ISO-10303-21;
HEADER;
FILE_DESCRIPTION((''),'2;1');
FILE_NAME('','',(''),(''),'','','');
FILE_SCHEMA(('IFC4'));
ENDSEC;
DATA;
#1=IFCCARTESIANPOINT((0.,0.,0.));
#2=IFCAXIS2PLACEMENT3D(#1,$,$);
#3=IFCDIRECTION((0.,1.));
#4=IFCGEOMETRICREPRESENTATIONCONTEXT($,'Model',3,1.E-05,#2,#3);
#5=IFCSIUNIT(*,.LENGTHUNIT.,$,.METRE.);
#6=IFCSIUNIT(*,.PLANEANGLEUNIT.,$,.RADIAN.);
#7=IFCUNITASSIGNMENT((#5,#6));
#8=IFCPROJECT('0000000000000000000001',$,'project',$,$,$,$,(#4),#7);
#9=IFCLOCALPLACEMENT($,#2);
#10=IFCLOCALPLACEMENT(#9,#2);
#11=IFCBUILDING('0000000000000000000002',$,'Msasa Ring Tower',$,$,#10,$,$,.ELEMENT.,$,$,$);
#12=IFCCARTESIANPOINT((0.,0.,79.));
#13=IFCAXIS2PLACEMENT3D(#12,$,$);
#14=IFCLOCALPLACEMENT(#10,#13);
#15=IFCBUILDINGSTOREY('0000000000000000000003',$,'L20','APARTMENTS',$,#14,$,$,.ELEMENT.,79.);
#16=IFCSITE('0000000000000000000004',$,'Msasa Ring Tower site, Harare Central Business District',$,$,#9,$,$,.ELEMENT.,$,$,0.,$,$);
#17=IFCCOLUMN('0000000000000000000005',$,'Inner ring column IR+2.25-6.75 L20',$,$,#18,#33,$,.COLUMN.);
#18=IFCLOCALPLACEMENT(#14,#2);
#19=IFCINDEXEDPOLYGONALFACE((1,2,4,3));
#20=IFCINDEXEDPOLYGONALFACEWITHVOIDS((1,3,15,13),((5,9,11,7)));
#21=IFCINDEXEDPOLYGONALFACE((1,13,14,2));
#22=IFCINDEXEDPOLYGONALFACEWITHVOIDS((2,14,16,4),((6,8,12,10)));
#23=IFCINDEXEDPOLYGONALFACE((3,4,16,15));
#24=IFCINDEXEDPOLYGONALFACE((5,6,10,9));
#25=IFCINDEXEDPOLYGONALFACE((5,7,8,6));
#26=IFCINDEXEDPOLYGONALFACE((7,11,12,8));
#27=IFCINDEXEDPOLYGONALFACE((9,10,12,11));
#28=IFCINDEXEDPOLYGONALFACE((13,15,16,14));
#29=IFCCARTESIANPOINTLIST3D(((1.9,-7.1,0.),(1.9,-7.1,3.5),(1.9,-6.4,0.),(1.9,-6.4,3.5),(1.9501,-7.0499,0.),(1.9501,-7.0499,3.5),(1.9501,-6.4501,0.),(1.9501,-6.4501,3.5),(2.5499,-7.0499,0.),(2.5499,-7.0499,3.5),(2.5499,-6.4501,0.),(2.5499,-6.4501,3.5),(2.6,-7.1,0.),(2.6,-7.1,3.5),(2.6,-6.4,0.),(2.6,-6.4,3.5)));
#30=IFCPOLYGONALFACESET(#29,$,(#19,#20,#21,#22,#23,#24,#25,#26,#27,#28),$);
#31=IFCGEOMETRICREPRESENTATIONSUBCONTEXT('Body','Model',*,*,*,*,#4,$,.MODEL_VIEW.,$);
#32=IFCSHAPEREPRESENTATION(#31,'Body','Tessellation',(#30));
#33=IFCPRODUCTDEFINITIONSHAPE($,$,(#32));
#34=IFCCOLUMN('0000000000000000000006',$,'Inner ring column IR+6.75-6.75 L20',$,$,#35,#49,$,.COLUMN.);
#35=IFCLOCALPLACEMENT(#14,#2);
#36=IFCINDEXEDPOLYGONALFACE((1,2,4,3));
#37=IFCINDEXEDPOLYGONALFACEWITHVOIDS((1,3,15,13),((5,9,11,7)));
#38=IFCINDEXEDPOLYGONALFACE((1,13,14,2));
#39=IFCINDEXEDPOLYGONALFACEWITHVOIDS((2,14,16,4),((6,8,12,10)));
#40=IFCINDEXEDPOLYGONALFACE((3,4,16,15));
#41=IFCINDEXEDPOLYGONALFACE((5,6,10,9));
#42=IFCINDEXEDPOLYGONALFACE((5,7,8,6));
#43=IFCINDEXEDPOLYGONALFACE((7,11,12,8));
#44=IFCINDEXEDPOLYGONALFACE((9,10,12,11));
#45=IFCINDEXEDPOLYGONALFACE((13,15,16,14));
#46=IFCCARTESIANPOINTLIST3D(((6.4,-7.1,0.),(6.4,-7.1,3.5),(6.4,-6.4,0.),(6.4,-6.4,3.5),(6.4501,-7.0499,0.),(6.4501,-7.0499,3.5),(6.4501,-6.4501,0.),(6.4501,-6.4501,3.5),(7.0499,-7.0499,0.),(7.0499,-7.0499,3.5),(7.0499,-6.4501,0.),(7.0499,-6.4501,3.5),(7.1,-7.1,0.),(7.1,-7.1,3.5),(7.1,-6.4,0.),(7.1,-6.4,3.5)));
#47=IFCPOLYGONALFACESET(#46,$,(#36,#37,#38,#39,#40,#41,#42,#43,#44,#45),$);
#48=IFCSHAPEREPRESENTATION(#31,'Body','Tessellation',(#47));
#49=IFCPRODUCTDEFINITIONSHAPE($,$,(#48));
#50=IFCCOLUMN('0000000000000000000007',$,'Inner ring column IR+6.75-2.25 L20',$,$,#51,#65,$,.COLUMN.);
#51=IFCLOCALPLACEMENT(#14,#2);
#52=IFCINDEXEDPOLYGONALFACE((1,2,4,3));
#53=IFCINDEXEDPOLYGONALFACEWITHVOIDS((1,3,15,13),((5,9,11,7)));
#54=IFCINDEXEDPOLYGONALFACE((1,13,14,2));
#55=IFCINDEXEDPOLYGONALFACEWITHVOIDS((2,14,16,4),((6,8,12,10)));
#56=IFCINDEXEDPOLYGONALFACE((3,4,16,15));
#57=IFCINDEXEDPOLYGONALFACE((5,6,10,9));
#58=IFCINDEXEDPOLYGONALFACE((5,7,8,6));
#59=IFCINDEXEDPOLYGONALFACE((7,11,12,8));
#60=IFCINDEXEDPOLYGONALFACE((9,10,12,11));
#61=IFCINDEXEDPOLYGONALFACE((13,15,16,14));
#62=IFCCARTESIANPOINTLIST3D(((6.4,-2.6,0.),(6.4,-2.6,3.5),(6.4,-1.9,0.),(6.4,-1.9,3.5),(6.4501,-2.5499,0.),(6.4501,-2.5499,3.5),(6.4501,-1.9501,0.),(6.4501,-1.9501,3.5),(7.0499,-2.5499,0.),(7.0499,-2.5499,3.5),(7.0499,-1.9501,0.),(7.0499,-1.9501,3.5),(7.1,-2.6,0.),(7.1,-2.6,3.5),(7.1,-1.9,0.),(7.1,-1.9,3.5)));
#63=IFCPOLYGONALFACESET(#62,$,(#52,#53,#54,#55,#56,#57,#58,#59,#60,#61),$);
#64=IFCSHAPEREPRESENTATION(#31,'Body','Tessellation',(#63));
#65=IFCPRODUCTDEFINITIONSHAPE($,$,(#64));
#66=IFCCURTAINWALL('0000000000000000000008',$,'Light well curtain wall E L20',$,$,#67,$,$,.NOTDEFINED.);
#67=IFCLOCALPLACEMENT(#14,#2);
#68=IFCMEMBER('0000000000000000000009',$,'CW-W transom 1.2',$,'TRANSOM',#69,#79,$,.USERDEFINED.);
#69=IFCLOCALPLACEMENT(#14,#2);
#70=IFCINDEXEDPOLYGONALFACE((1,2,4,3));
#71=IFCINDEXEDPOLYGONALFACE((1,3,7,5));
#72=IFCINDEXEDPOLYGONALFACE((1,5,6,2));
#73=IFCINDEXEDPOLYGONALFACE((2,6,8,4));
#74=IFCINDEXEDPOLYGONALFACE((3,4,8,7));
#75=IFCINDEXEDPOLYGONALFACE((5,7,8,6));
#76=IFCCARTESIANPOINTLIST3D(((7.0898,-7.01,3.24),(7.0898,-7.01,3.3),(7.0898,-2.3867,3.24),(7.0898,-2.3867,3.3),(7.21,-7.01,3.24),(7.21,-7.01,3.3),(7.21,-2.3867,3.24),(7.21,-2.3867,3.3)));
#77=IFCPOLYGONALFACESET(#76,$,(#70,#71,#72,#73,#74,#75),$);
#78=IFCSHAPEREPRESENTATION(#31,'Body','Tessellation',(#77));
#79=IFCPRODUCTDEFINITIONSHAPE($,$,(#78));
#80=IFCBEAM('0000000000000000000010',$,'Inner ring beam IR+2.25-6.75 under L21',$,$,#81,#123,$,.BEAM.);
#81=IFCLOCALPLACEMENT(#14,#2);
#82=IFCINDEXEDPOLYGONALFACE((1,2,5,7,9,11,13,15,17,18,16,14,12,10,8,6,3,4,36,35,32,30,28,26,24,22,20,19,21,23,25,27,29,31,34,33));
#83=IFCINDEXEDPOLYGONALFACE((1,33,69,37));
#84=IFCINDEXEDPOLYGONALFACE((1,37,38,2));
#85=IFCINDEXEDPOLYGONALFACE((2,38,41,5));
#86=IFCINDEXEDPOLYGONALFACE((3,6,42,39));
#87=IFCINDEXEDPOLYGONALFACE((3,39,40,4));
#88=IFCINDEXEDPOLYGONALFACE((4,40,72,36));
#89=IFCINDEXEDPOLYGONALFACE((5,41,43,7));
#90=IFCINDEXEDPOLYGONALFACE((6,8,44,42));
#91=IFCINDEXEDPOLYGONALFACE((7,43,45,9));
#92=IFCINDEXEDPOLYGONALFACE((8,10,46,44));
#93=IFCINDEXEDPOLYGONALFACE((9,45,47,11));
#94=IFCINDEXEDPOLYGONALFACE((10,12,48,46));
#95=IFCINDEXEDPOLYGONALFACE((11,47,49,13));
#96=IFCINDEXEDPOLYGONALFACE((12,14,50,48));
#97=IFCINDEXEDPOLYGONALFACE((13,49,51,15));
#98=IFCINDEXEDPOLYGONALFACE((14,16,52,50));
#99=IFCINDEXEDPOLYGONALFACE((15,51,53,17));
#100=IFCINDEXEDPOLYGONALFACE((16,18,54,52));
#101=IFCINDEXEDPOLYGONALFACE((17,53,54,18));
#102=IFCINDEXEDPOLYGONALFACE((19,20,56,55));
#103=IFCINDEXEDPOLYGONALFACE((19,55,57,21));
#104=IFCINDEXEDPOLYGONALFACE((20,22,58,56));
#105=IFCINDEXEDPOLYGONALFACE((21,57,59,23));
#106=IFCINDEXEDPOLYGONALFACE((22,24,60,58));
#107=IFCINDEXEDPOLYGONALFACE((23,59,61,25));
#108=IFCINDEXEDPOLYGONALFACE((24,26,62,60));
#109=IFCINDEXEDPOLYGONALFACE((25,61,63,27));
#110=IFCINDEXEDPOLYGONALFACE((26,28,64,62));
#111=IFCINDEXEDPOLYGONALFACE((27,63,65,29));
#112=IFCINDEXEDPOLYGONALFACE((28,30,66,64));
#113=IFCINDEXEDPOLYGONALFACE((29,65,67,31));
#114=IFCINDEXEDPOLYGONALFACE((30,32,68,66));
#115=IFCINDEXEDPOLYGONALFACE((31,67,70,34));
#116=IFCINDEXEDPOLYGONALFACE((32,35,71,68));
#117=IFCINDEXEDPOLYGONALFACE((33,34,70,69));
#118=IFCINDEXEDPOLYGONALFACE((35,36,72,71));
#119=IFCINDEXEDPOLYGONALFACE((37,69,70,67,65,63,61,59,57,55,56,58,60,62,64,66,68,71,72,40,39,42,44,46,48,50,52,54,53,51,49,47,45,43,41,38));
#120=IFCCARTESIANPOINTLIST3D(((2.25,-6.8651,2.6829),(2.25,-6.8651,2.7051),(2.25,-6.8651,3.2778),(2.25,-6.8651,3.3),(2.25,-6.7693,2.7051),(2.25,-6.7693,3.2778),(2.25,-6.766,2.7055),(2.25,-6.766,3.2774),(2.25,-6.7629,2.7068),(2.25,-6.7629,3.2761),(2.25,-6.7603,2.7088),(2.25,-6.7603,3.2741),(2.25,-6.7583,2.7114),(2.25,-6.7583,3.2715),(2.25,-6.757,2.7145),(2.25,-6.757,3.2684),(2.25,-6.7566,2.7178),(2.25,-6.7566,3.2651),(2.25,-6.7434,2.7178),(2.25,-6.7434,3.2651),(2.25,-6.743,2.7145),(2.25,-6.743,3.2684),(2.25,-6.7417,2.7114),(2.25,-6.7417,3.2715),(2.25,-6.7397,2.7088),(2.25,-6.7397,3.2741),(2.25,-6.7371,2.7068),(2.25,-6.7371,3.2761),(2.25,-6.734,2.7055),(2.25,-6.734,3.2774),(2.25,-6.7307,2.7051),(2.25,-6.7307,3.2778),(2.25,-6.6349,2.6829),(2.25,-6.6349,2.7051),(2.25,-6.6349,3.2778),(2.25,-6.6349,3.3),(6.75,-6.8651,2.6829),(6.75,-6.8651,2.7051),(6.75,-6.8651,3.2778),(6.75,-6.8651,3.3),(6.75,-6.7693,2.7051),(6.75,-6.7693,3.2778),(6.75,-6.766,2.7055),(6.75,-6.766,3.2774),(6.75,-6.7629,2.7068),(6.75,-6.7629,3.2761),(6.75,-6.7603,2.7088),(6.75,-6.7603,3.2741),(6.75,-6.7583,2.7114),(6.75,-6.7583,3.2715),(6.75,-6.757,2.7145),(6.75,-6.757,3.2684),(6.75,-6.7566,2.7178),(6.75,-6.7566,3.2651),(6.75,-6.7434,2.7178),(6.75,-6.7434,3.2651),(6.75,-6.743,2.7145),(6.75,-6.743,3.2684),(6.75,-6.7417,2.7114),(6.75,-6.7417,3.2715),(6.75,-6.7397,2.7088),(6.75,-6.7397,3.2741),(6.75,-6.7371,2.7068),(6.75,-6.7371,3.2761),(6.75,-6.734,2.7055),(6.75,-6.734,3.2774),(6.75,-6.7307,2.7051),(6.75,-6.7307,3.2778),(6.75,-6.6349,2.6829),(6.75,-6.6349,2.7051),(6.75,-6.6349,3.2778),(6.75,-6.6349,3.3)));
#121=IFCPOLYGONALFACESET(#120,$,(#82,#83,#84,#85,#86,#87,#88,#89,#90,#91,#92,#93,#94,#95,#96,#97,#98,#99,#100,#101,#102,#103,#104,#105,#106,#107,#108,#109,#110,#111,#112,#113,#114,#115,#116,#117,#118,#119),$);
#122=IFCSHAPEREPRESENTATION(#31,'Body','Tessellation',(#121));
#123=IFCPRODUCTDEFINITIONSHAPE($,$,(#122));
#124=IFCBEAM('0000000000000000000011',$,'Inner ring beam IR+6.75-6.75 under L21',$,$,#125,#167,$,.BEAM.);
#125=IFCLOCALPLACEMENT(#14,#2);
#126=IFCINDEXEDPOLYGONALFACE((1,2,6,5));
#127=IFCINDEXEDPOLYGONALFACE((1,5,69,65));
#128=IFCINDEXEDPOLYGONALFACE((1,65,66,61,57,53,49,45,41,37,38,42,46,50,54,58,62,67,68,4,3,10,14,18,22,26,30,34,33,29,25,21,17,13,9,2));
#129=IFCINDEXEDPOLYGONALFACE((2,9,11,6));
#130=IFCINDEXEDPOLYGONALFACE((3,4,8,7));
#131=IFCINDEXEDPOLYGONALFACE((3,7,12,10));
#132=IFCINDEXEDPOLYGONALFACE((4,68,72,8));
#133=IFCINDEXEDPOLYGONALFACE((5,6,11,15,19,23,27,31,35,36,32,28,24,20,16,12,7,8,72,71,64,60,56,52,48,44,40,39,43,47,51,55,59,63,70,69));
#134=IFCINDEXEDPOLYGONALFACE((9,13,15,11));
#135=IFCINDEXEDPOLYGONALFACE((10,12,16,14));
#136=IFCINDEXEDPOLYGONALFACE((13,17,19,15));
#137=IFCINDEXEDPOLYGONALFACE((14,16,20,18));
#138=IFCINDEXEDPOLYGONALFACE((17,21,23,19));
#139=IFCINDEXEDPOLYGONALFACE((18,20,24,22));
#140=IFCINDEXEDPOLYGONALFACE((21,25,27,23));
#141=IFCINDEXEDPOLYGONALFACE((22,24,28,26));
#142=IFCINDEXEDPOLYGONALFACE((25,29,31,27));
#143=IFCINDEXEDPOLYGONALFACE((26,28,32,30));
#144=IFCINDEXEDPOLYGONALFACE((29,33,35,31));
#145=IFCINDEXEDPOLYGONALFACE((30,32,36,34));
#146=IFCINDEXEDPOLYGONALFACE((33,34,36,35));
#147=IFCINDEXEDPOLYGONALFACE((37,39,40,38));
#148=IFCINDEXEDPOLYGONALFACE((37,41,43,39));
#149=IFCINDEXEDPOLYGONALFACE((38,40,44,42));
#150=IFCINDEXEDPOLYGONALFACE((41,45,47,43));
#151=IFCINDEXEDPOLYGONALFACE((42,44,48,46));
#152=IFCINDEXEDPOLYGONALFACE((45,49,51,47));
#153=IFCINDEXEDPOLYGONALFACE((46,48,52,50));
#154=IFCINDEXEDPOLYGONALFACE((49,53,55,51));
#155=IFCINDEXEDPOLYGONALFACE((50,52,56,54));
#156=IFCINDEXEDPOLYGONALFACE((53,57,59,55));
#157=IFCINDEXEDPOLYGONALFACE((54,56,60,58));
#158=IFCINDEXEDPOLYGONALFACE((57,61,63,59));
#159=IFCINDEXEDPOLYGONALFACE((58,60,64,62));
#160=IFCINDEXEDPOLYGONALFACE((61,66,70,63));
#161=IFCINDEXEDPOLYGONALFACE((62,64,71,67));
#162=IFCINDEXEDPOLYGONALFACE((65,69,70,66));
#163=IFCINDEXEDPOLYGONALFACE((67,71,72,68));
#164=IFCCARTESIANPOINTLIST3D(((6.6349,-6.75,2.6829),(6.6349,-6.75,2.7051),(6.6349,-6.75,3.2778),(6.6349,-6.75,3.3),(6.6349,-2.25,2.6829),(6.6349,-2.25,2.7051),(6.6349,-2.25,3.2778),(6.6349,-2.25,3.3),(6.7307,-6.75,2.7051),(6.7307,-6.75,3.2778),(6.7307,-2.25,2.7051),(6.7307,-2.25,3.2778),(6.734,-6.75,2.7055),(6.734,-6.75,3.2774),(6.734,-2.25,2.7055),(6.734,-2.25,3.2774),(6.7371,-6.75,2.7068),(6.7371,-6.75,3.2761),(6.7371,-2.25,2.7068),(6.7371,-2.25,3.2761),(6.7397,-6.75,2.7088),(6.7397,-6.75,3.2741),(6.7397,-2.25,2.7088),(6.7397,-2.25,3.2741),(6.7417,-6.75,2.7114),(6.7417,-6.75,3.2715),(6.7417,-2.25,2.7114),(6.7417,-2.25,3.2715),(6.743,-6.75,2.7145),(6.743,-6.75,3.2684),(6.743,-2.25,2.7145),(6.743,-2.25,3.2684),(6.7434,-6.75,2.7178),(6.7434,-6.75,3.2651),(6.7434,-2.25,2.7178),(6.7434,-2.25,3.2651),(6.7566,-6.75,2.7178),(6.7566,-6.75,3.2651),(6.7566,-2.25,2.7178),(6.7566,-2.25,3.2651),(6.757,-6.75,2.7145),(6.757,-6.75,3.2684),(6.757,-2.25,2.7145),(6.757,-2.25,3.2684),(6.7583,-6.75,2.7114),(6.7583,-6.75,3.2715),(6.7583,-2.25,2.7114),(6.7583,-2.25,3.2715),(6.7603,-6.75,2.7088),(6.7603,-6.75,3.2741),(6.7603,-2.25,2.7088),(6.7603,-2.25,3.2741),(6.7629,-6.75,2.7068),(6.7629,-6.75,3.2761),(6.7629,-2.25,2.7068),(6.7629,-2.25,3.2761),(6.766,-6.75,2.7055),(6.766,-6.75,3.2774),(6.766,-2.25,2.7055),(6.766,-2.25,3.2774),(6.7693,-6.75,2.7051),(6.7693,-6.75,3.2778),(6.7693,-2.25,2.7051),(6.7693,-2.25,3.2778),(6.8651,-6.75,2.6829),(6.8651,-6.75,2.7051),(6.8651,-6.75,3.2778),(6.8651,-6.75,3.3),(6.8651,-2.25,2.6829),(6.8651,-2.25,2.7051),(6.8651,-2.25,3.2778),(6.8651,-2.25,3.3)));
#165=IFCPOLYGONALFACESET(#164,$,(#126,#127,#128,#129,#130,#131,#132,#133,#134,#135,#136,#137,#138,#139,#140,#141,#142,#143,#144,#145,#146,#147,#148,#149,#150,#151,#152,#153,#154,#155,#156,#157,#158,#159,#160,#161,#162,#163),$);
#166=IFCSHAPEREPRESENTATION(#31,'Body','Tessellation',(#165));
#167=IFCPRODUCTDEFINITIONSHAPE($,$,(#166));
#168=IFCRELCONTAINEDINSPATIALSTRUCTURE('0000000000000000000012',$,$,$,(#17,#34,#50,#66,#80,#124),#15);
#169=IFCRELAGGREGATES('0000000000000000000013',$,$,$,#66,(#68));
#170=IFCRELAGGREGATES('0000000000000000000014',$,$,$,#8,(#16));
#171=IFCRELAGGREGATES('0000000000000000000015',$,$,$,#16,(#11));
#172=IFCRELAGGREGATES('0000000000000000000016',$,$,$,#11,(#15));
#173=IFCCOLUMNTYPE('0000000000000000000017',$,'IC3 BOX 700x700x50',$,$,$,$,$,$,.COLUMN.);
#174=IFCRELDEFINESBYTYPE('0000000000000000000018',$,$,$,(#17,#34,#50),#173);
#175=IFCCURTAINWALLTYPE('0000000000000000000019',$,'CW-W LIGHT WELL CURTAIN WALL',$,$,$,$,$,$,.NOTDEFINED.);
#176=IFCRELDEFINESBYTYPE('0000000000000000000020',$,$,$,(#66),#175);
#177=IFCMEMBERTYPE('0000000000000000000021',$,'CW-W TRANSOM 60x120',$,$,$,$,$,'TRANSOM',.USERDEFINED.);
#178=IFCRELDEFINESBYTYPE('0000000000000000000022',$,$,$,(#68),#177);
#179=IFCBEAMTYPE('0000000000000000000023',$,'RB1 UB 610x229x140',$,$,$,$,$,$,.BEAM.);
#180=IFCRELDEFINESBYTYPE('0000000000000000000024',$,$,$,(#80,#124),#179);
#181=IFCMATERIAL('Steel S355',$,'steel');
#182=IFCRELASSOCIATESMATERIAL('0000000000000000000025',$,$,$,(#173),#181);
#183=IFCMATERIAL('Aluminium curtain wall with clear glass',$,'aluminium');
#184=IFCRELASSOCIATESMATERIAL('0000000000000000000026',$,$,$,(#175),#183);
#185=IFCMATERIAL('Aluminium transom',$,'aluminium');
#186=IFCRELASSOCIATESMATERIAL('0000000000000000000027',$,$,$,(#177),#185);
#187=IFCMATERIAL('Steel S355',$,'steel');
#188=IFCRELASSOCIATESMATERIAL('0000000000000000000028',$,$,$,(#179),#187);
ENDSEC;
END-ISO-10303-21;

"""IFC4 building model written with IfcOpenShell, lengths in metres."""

from ifc_helpers import new_model, si_unit, direction, frame, origin, origin_2d, place, context, subcontext, project, spatial, rectangle, hollow_rectangle, i_section, extrude, material, material_profile, profile_set, type_object, element, aggregate, save


model = new_model("IFC4")

# Units and contexts
model_context = context("Model", 3, precision=1e-05, world=origin(), true_north=direction((0.0, 1.0)))
body_context = subcontext(model_context, "Body", "Model", "MODEL_VIEW")
ifc_project = project(units=[si_unit("LENGTHUNIT", "METRE"), si_unit("PLANEANGLEUNIT", "RADIAN")], contexts=[model_context])

# Site, building, storey
site_placement = place(None, origin())
site = spatial("IfcSite", under=ifc_project, at=site_placement, Name="Msasa Ring Tower site, Harare Central Business District", CompositionType="ELEMENT", RefElevation=0.0)
building_placement = place(site_placement, origin())
building = spatial("IfcBuilding", under=site, at=building_placement, Name="Msasa Ring Tower", CompositionType="ELEMENT")
storey_placement = place(building_placement, frame((0.0, 0.0, 79.0)))
storey = spatial("IfcBuildingStorey", under=building, at=storey_placement, Name="L20", Description="APARTMENTS", CompositionType="ELEMENT", Elevation=79.0)

# Columns
ifc_material_1 = material(Name="Steel S355", Category="steel")
ifc_material_profile_1 = material_profile(ifc_material_1, hollow_rectangle(XDim=0.7, YDim=0.7, WallThickness=0.05, at=origin_2d()), Name="BOX 700x700x50")
ifc_profile_set_1 = profile_set([ifc_material_profile_1], Name="Steel S355")
column_type = type_object("IfcColumnType", Name="IC3 BOX 700x700x50", PredefinedType="COLUMN", material=ifc_profile_set_1)
for number, where, z_axis, x_axis, name in (
    (1, (2.25, -6.75, 0.0), (0.0, 0.0, 1.0), (1.0, 0.0, 0.0), "Inner ring column IR+2.25-6.75 L20"),
    (2, (6.75, -6.75, 0.0), (0.0, 0.0, 1.0), (1.0, 0.0, 0.0), "Inner ring column IR+6.75-6.75 L20"),
    (3, (6.75, -2.25, 0.0), (0.0, 0.0, 1.0), (1.0, 0.0, 0.0), "Inner ring column IR+6.75-2.25 L20"),
):
    element("IfcColumn", number, at=place(storey_placement, frame(where, z_axis=z_axis, x_axis=x_axis)), inside=storey, type_object=column_type, Name=name, PredefinedType="COLUMN", context=body_context, shape_type="SweptSolid", body=[
        extrude(hollow_rectangle(XDim=0.7, YDim=0.7, WallThickness=0.05, at=origin_2d()), origin(), (0.0, 0.0, 1.0), 3.5),
    ])

# Curtain wall, member
ifc_material_2 = material(Name="Aluminium curtain wall with clear glass", Category="aluminium")
curtain_wall_type = type_object("IfcCurtainWallType", Name="CW-W LIGHT WELL CURTAIN WALL", PredefinedType="NOTDEFINED", material=ifc_material_2)
curtain_wall_placement = place(storey_placement, origin())
curtain_wall = element("IfcCurtainWall", 4, at=curtain_wall_placement, inside=storey, type_object=curtain_wall_type, Name="Light well curtain wall E L20", PredefinedType="NOTDEFINED")
ifc_material_3 = material(Name="Aluminium transom", Category="aluminium")
ifc_material_profile_2 = material_profile(ifc_material_3, rectangle(XDim=0.1201, YDim=0.0601, at=origin_2d()), Name="AL 60x120")
ifc_profile_set_2 = profile_set([ifc_material_profile_2], Name="Aluminium transom")
member_type = type_object("IfcMemberType", Name="CW-W TRANSOM 60x120", ElementType="TRANSOM", PredefinedType="USERDEFINED", material=ifc_profile_set_2)
member_placement = place(storey_placement, frame((7.1499, -7.01, 3.27), z_axis=(0.0, 1.0, 0.0), x_axis=(-1.0, 0.0, 0.0)))
member = element("IfcMember", 5, at=member_placement, type_object=member_type, Name="CW-W transom 1.2", ObjectType="TRANSOM", PredefinedType="USERDEFINED", context=body_context, shape_type="SweptSolid", body=[
    extrude(rectangle(XDim=0.1201, YDim=0.0601, at=origin_2d()), origin(), (0.0, 0.0, 1.0), 4.6233),
])

# Beams
ifc_material_4 = material(Name="Steel S355", Category="steel")
ifc_material_profile_3 = material_profile(ifc_material_4, i_section(OverallWidth=0.2302, OverallDepth=0.6172, WebThickness=0.0132, FlangeThickness=0.0222, FilletRadius=0.0127, at=origin_2d()), Name="UB 610x229x140")
ifc_profile_set_3 = profile_set([ifc_material_profile_3], Name="Steel S355")
beam_type = type_object("IfcBeamType", Name="RB1 UB 610x229x140", PredefinedType="BEAM", material=ifc_profile_set_3)
for number, where, z_axis, x_axis, name in (
    (6, (2.25, -6.75, 2.9915), (1.0, 0.0, 0.0), (0.0, 1.0, 0.0), "Inner ring beam IR+2.25-6.75 under L21"),
    (7, (6.75, -6.75, 2.9915), (0.0, 1.0, 0.0), (-1.0, 0.0, 0.0), "Inner ring beam IR+6.75-6.75 under L21"),
):
    element("IfcBeam", number, at=place(storey_placement, frame(where, z_axis=z_axis, x_axis=x_axis)), inside=storey, type_object=beam_type, Name=name, PredefinedType="BEAM", context=body_context, shape_type="SweptSolid", body=[
        extrude(i_section(OverallWidth=0.2302, OverallDepth=0.6172, WebThickness=0.0132, FlangeThickness=0.0222, FilletRadius=0.0127, at=origin_2d()), origin(), (0.0, 0.0, 1.0), 4.5),
    ])

aggregate(curtain_wall, [member])

save(model, "model.ifc")
